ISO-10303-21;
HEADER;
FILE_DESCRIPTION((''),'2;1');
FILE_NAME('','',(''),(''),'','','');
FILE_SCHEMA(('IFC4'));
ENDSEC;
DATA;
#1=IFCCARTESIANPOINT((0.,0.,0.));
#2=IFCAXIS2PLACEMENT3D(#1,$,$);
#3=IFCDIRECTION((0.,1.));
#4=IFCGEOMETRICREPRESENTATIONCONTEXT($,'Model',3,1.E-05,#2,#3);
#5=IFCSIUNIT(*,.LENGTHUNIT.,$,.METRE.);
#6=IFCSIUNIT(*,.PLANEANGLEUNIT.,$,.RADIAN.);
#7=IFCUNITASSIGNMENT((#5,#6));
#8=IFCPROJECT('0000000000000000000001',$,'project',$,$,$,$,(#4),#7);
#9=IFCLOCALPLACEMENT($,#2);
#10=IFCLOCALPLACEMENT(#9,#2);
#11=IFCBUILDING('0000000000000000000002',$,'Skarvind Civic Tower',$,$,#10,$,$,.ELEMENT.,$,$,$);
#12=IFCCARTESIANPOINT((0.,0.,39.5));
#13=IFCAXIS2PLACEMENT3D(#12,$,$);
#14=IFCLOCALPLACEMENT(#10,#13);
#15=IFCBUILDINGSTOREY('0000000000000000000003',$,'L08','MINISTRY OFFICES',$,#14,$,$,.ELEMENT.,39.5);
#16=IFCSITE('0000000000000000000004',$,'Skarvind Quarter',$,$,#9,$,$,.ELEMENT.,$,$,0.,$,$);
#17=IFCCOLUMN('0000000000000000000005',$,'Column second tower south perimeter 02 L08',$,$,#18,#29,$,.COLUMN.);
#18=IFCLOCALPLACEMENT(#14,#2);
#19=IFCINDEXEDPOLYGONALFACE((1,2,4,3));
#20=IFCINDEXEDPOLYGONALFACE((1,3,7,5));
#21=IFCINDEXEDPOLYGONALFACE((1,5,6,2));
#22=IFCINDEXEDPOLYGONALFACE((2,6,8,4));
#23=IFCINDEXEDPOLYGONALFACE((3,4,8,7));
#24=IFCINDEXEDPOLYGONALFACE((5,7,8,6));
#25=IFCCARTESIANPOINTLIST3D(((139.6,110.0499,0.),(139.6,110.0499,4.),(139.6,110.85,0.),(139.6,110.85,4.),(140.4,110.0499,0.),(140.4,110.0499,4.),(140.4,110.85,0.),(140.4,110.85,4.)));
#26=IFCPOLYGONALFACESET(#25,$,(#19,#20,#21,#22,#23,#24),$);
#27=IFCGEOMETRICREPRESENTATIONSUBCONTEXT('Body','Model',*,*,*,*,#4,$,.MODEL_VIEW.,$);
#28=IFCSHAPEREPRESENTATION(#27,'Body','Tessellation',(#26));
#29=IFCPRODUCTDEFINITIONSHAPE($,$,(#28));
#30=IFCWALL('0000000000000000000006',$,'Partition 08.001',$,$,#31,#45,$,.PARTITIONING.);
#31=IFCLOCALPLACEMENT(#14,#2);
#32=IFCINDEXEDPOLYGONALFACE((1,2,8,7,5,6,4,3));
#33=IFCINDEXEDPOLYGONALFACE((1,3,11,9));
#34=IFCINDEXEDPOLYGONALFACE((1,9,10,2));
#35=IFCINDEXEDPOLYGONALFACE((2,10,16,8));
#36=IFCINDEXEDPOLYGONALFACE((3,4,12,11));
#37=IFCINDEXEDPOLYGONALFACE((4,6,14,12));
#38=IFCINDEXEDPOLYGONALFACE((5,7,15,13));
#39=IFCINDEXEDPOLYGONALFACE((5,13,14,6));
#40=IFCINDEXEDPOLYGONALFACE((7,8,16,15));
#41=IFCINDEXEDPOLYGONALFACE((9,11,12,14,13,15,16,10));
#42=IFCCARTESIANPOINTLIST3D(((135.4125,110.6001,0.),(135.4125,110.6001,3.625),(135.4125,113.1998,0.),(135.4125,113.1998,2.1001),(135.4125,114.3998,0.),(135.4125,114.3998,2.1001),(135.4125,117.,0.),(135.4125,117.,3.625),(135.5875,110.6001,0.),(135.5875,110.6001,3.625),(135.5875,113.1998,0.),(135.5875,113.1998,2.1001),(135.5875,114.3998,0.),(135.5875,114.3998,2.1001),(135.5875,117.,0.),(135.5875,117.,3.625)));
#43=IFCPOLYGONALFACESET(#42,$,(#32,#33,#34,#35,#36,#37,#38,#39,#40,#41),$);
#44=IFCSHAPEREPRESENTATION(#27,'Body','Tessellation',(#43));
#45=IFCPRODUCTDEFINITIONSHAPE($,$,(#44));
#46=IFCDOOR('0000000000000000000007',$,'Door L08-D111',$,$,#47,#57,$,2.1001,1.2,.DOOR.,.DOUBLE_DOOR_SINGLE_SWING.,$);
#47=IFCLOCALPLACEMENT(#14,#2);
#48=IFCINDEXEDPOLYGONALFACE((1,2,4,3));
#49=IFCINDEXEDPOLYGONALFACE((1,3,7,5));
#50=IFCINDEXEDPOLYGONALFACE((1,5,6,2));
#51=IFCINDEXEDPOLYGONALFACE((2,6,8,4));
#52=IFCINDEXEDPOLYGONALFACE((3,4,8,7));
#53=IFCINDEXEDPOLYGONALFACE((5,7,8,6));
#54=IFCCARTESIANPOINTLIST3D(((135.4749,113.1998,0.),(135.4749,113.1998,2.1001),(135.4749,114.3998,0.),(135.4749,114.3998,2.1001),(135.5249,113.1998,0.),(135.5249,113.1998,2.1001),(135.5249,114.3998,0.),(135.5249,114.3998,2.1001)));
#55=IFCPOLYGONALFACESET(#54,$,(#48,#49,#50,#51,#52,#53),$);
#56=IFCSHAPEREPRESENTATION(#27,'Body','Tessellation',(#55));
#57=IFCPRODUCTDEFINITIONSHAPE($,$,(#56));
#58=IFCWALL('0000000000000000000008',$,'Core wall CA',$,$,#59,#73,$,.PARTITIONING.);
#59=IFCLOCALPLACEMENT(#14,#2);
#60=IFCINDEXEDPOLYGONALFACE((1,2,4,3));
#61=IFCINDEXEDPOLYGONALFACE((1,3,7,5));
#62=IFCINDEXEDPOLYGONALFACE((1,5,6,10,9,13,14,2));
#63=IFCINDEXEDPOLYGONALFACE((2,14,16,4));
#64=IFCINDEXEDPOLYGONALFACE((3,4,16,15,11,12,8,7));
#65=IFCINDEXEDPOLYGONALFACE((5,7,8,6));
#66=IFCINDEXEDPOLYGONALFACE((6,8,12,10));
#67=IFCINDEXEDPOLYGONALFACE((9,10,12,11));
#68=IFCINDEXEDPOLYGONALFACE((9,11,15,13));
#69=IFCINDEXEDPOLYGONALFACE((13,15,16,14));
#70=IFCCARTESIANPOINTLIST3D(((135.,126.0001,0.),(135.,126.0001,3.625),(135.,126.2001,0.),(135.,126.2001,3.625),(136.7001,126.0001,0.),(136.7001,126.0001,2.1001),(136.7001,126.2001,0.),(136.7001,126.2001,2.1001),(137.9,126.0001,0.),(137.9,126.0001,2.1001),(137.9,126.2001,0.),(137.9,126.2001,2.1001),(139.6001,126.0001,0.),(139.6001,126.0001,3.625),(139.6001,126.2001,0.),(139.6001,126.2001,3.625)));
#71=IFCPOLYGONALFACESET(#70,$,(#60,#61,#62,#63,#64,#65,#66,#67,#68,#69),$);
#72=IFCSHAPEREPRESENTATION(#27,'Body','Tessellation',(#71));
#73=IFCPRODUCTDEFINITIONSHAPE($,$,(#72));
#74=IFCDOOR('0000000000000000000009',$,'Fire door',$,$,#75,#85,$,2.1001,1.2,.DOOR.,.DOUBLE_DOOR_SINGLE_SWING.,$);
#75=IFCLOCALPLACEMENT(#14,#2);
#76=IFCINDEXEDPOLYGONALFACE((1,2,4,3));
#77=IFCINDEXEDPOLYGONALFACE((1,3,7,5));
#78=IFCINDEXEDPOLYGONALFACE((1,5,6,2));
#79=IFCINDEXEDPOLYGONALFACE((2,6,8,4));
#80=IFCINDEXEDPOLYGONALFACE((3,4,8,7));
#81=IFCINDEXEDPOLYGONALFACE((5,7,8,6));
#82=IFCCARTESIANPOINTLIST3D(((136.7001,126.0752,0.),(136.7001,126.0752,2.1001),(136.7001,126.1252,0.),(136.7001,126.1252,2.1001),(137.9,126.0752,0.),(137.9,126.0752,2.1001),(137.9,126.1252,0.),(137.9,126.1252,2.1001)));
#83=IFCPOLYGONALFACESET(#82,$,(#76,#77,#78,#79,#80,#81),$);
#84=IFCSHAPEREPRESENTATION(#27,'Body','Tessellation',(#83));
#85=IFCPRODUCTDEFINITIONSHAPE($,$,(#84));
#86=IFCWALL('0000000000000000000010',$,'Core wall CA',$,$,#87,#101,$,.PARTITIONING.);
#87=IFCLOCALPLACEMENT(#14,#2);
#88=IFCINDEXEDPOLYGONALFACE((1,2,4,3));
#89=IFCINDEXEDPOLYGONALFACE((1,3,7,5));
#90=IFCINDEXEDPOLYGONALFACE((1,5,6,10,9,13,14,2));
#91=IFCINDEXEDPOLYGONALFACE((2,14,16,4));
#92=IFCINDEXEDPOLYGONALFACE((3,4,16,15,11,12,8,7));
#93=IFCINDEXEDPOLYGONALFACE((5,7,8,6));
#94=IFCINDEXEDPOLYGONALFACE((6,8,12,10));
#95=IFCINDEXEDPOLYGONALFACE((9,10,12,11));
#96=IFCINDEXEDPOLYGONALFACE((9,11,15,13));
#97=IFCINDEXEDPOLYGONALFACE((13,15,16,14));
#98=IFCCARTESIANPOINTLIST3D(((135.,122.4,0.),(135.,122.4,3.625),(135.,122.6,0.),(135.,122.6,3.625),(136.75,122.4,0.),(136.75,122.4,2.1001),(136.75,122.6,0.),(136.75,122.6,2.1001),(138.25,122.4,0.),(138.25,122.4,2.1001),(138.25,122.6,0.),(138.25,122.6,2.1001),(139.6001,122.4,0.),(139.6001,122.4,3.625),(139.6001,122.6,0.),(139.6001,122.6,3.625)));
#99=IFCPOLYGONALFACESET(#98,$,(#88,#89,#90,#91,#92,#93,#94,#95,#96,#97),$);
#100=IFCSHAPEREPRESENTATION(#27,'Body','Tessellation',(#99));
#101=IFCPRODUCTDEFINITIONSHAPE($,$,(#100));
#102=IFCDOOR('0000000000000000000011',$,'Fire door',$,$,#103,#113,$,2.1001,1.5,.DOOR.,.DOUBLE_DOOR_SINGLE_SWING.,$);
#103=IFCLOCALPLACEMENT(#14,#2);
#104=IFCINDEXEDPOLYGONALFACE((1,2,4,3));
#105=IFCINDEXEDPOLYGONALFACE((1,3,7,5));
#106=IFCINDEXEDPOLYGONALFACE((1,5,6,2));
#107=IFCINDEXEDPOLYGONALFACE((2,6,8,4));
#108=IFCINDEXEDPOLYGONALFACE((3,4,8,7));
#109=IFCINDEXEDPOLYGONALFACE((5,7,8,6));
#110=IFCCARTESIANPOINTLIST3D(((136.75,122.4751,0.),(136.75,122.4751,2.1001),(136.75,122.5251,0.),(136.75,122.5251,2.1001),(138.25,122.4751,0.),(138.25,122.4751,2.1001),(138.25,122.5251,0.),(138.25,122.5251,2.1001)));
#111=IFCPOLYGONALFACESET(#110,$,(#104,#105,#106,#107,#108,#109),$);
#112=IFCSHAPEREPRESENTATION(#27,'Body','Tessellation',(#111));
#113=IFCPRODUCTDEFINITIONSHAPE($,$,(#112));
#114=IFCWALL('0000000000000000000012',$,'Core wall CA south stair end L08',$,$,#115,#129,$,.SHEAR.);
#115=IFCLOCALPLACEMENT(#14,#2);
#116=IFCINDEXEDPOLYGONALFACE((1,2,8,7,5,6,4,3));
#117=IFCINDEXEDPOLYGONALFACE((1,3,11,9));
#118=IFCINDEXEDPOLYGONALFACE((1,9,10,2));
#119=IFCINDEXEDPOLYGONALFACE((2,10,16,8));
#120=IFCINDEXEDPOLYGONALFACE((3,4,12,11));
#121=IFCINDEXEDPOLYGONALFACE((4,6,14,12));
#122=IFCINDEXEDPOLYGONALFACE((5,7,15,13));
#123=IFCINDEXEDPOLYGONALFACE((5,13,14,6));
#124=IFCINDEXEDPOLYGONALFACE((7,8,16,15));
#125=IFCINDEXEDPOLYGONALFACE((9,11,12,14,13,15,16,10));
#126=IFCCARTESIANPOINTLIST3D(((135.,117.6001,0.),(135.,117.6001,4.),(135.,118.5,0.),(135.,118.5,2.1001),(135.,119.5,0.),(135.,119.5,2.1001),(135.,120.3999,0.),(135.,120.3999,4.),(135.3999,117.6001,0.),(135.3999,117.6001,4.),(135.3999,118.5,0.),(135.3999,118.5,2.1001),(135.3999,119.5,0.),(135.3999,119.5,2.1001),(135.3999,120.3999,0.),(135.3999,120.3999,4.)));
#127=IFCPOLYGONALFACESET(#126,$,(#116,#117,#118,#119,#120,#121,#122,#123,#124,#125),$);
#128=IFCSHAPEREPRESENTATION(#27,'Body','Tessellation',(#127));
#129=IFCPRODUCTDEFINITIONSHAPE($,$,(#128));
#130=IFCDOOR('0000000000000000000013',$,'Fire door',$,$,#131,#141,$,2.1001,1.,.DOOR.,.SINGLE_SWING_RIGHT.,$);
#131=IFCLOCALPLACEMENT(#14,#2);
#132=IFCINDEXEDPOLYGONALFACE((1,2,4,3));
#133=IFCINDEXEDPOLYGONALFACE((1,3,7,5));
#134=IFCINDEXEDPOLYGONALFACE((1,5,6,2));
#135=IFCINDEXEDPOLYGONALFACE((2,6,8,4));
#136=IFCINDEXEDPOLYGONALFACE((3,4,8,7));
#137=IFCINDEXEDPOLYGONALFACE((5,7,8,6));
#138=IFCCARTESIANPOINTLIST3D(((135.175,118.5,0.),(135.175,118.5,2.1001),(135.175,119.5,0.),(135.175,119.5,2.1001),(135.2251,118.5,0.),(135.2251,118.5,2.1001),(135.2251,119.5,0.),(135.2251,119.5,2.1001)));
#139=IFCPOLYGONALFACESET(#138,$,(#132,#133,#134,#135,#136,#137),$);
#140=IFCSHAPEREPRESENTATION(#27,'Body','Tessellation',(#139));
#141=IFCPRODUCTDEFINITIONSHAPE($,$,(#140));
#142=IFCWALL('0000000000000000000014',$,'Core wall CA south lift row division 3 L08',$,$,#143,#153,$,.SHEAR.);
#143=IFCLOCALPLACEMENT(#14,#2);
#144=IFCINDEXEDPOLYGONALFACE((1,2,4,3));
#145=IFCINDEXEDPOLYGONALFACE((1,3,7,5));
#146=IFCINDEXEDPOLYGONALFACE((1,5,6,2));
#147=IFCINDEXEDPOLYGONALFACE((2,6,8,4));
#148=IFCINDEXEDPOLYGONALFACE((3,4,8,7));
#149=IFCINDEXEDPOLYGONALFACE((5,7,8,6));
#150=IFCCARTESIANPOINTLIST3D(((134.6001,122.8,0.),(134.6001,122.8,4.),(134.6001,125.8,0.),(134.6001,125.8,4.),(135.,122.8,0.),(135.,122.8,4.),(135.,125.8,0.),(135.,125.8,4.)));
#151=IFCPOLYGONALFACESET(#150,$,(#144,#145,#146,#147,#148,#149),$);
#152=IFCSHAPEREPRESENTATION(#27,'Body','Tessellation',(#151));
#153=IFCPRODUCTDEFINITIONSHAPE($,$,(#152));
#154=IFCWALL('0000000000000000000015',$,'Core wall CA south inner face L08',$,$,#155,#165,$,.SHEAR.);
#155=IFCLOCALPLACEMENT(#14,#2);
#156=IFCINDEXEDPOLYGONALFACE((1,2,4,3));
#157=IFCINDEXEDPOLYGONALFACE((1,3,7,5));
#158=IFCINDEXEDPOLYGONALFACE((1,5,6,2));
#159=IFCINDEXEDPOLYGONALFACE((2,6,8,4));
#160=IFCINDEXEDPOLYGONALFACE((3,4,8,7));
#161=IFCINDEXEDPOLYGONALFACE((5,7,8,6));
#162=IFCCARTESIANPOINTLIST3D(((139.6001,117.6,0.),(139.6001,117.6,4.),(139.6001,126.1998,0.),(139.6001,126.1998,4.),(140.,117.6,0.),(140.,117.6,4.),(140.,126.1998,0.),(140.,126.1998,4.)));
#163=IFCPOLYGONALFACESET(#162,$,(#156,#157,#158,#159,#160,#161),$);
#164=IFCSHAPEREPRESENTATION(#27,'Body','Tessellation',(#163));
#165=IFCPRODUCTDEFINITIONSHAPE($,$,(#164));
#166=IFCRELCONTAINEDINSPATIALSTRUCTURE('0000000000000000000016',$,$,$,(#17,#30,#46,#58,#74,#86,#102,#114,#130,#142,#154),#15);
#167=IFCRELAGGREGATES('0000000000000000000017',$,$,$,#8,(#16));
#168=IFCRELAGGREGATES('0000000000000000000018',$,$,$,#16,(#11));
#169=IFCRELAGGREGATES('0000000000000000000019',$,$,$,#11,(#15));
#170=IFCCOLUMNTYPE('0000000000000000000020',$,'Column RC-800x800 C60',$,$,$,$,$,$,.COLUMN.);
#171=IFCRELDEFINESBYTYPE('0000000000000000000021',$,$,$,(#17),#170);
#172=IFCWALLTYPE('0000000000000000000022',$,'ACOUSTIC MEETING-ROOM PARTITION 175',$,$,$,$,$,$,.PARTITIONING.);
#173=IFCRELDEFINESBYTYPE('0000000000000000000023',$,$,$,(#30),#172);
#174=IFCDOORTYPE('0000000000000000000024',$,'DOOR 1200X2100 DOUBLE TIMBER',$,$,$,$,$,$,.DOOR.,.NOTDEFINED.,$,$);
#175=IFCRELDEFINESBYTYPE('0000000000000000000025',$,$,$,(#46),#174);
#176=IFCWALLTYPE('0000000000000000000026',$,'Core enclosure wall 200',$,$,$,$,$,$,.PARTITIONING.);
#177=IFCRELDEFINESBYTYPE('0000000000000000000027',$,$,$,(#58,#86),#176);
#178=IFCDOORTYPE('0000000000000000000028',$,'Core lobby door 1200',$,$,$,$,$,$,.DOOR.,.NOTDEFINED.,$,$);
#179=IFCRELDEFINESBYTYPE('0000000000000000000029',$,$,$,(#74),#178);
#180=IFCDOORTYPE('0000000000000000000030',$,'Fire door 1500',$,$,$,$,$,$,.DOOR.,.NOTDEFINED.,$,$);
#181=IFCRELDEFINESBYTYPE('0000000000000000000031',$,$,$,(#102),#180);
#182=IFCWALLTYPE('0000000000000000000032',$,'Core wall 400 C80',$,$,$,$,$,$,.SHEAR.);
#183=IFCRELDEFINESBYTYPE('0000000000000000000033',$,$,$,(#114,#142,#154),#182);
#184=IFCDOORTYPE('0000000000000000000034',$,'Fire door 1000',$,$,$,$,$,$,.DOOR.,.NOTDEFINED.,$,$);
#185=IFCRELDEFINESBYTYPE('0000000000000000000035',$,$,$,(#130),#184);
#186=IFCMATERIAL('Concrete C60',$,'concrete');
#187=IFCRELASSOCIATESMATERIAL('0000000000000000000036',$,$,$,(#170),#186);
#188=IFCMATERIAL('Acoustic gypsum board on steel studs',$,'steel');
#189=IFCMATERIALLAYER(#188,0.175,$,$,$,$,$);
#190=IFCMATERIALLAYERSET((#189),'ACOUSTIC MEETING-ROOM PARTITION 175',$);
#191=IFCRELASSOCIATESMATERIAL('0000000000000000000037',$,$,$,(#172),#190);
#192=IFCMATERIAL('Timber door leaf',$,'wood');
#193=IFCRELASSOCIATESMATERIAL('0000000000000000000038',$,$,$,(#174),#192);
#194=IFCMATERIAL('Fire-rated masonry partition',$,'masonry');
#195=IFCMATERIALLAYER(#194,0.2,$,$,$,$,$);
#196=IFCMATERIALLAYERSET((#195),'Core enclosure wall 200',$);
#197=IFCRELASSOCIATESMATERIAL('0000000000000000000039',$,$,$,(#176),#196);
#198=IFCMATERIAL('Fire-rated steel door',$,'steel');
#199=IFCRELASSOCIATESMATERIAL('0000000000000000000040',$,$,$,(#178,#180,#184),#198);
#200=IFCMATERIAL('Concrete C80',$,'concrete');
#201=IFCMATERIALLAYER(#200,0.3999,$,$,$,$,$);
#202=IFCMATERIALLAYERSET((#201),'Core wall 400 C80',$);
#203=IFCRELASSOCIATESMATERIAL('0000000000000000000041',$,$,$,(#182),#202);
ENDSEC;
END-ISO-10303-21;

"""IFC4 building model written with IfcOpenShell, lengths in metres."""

from ifc_helpers import new_model, si_unit, direction, frame, frame_2d, origin, origin_2d, place, context, subcontext, project, spatial, rectangle, extrude, material, layer, layer_set, material_profile, profile_set, type_object, element, fill, save


model = new_model("IFC4")

# Units and contexts
model_context = context("Model", 3, precision=1e-05, world=origin(), true_north=direction((0.0, 1.0)))
body_context = subcontext(model_context, "Body", "Model", "MODEL_VIEW")
ifc_project = project(units=[si_unit("LENGTHUNIT", "METRE"), si_unit("PLANEANGLEUNIT", "RADIAN")], contexts=[model_context])

# Site, building, storey
site_placement = place(None, origin())
site = spatial("IfcSite", under=ifc_project, at=site_placement, Name="Skarvind Quarter", CompositionType="ELEMENT", RefElevation=0.0)
building_placement = place(site_placement, origin())
building = spatial("IfcBuilding", under=site, at=building_placement, Name="Skarvind Civic Tower", CompositionType="ELEMENT")
storey_placement = place(building_placement, frame((0.0, 0.0, 39.5)))
storey = spatial("IfcBuildingStorey", under=building, at=storey_placement, Name="L08", Description="MINISTRY OFFICES", CompositionType="ELEMENT", Elevation=39.5)

# Column
ifc_material_1 = material(Name="Concrete C60", Category="concrete")
ifc_material_profile = material_profile(ifc_material_1, rectangle(XDim=0.8, YDim=0.8, at=origin_2d()), Name="RC-800x800")
ifc_profile_set = profile_set([ifc_material_profile], Name="Concrete C60")
column_type = type_object("IfcColumnType", Name="Column RC-800x800 C60", PredefinedType="COLUMN", material=ifc_profile_set)
column_placement = place(storey_placement, frame((140.0, 110.45, 0.0), z_axis=(0.0, 0.0, 1.0), x_axis=(1.0, 0.0, 0.0)))
element("IfcColumn", 1, at=column_placement, inside=storey, type_object=column_type, Name="Column second tower south perimeter 02 L08", PredefinedType="COLUMN", context=body_context, shape_type="SweptSolid", body=[
    extrude(rectangle(XDim=0.8, YDim=0.8, at=origin_2d()), origin(), (0.0, 0.0, 1.0), 4.0),
])

# Walls, openings, doors
ifc_material_2 = material(Name="Acoustic gypsum board on steel studs", Category="steel")
ifc_layer_1 = layer(ifc_material_2, 0.175)
ifc_layer_set_1 = layer_set([ifc_layer_1], Name="ACOUSTIC MEETING-ROOM PARTITION 175")
wall_type_1 = type_object("IfcWallType", Name="ACOUSTIC MEETING-ROOM PARTITION 175", PredefinedType="PARTITIONING", material=ifc_layer_set_1)
wall_1_placement = place(storey_placement, frame((135.5, 117.0, 0.0), z_axis=(0.0, 0.0, 1.0), x_axis=(0.0, -1.0, 0.0)))
wall_1 = element("IfcWall", 2, at=wall_1_placement, inside=storey, type_object=wall_type_1, Name="Partition 08.001", PredefinedType="PARTITIONING", context=body_context, shape_type="SweptSolid", body=[
    extrude(rectangle(XDim=6.3999, YDim=0.175, at=frame_2d((3.2, 0.0))), origin(), (0.0, 0.0, 1.0), 3.625),
])
opening_1_placement = place(wall_1_placement, frame((2.6001, 0.0, 0.0)))
opening_1 = element("IfcOpeningElement", 3, at=opening_1_placement, cuts=wall_1, PredefinedType="OPENING", context=body_context, shape_type="SweptSolid", body=[
    extrude(rectangle(XDim=1.2, YDim=2.1001, at=frame_2d((0.6001, 1.05))), frame((0.0, 0.0974, 0.0), z_axis=(0.0, -1.0, 0.0), x_axis=(1.0, 0.0, 0.0)), (0.0, 0.0, 1.0), 0.1951),
])
ifc_material_3 = material(Name="Timber door leaf", Category="wood")
door_type_1 = type_object("IfcDoorType", Name="DOOR 1200X2100 DOUBLE TIMBER", OperationType="NOTDEFINED", PredefinedType="DOOR", material=ifc_material_3)
door_1_placement = place(opening_1_placement, origin())
door_1 = element("IfcDoor", 4, at=door_1_placement, inside=storey, type_object=door_type_1, Name="Door L08-D111", OperationType="DOUBLE_DOOR_SINGLE_SWING", OverallHeight=2.1001, OverallWidth=1.2, PredefinedType="DOOR", context=body_context, shape_type="SweptSolid", body=[
    extrude(rectangle(XDim=1.2, YDim=2.1001, at=frame_2d((0.6001, 1.05))), frame((0.0, 0.0249, 0.0), z_axis=(0.0, -1.0, 0.0), x_axis=(1.0, 0.0, 0.0)), (0.0, 0.0, 1.0), 0.05),
])
fill(opening_1, door_1)
ifc_material_4 = material(Name="Fire-rated masonry partition", Category="masonry")
ifc_layer_2 = layer(ifc_material_4, 0.2)
ifc_layer_set_2 = layer_set([ifc_layer_2], Name="Core enclosure wall 200")
wall_type_2 = type_object("IfcWallType", Name="Core enclosure wall 200", PredefinedType="PARTITIONING", material=ifc_layer_set_2)
wall_2_placement = place(storey_placement, frame((139.6001, 126.1001, 0.0), z_axis=(0.0, 0.0, 1.0), x_axis=(-1.0, 0.0, 0.0)))
wall_2 = element("IfcWall", 5, at=wall_2_placement, inside=storey, type_object=wall_type_2, Name="Core wall CA", PredefinedType="PARTITIONING", context=body_context, shape_type="SweptSolid", body=[
    extrude(rectangle(XDim=4.6001, YDim=0.2, at=frame_2d((2.3, 0.0))), origin(), (0.0, 0.0, 1.0), 3.625),
])
opening_2_placement = place(wall_2_placement, frame((1.7, 0.0, 0.0)))
opening_2 = element("IfcOpeningElement", 6, at=opening_2_placement, cuts=wall_2, PredefinedType="OPENING", context=body_context, shape_type="SweptSolid", body=[
    extrude(rectangle(XDim=1.2, YDim=2.1001, at=frame_2d((0.6001, 1.05))), frame((0.0, 0.1099, 0.0), z_axis=(0.0, -1.0, 0.0), x_axis=(1.0, 0.0, 0.0)), (0.0, 0.0, 1.0), 0.22),
])
ifc_material_5 = material(Name="Fire-rated steel door", Category="steel")
door_type_2 = type_object("IfcDoorType", Name="Core lobby door 1200", OperationType="NOTDEFINED", PredefinedType="DOOR", material=ifc_material_5)
door_2_placement = place(opening_2_placement, origin())
door_2 = element("IfcDoor", 7, at=door_2_placement, inside=storey, type_object=door_type_2, Name="Fire door", OperationType="DOUBLE_DOOR_SINGLE_SWING", OverallHeight=2.1001, OverallWidth=1.2, PredefinedType="DOOR", context=body_context, shape_type="SweptSolid", body=[
    extrude(rectangle(XDim=1.2, YDim=2.1001, at=frame_2d((0.6001, 1.05))), frame((0.0, 0.0249, 0.0), z_axis=(0.0, -1.0, 0.0), x_axis=(1.0, 0.0, 0.0)), (0.0, 0.0, 1.0), 0.05),
])
fill(opening_2, door_2)
wall_3_placement = place(storey_placement, frame((139.6001, 122.5, 0.0), z_axis=(0.0, 0.0, 1.0), x_axis=(-1.0, 0.0, 0.0)))
wall_3 = element("IfcWall", 8, at=wall_3_placement, inside=storey, type_object=wall_type_2, Name="Core wall CA", PredefinedType="PARTITIONING", context=body_context, shape_type="SweptSolid", body=[
    extrude(rectangle(XDim=4.6001, YDim=0.2, at=frame_2d((2.3, 0.0))), origin(), (0.0, 0.0, 1.0), 3.625),
])
opening_3_placement = place(wall_3_placement, frame((1.3501, 0.0, 0.0)))
opening_3 = element("IfcOpeningElement", 9, at=opening_3_placement, cuts=wall_3, PredefinedType="OPENING", context=body_context, shape_type="SweptSolid", body=[
    extrude(rectangle(XDim=1.5, YDim=2.1001, at=frame_2d((0.75, 1.05))), frame((0.0, 0.1099, 0.0), z_axis=(0.0, -1.0, 0.0), x_axis=(1.0, 0.0, 0.0)), (0.0, 0.0, 1.0), 0.22),
])
door_type_3 = type_object("IfcDoorType", Name="Fire door 1500", OperationType="NOTDEFINED", PredefinedType="DOOR", material=ifc_material_5)
door_3_placement = place(opening_3_placement, origin())
door_3 = element("IfcDoor", 10, at=door_3_placement, inside=storey, type_object=door_type_3, Name="Fire door", OperationType="DOUBLE_DOOR_SINGLE_SWING", OverallHeight=2.1001, OverallWidth=1.5, PredefinedType="DOOR", context=body_context, shape_type="SweptSolid", body=[
    extrude(rectangle(XDim=1.5, YDim=2.1001, at=frame_2d((0.75, 1.05))), frame((0.0, 0.0249, 0.0), z_axis=(0.0, -1.0, 0.0), x_axis=(1.0, 0.0, 0.0)), (0.0, 0.0, 1.0), 0.05),
])
fill(opening_3, door_3)
ifc_material_6 = material(Name="Concrete C80", Category="concrete")
ifc_layer_3 = layer(ifc_material_6, 0.3999)
ifc_layer_set_3 = layer_set([ifc_layer_3], Name="Core wall 400 C80")
wall_type_3 = type_object("IfcWallType", Name="Core wall 400 C80", PredefinedType="SHEAR", material=ifc_layer_set_3)
wall_4_placement = place(storey_placement, frame((135.2, 117.6001, 0.0), z_axis=(0.0, 0.0, 1.0), x_axis=(0.0, 1.0, 0.0)))
wall_4 = element("IfcWall", 11, at=wall_4_placement, inside=storey, type_object=wall_type_3, Name="Core wall CA south stair end L08", PredefinedType="SHEAR", context=body_context, shape_type="SweptSolid", body=[
    extrude(rectangle(XDim=2.7998, YDim=0.3999, at=frame_2d((1.3999, 0.0))), origin(), (0.0, 0.0, 1.0), 4.0),
])
opening_4_placement = place(wall_4_placement, frame((0.8999, 0.0, 0.0)))
opening_4 = element("IfcOpeningElement", 12, at=opening_4_placement, cuts=wall_4, PredefinedType="OPENING", context=body_context, shape_type="SweptSolid", body=[
    extrude(rectangle(XDim=1.0, YDim=2.1001, at=frame_2d((0.5, 1.05))), frame((0.0, 0.21, 0.0), z_axis=(0.0, -1.0, 0.0), x_axis=(1.0, 0.0, 0.0)), (0.0, 0.0, 1.0), 0.4199),
])
door_type_4 = type_object("IfcDoorType", Name="Fire door 1000", OperationType="NOTDEFINED", PredefinedType="DOOR", material=ifc_material_5)
door_4_placement = place(opening_4_placement, origin())
door_4 = element("IfcDoor", 13, at=door_4_placement, inside=storey, type_object=door_type_4, Name="Fire door", OperationType="SINGLE_SWING_RIGHT", OverallHeight=2.1001, OverallWidth=1.0, PredefinedType="DOOR", context=body_context, shape_type="SweptSolid", body=[
    extrude(rectangle(XDim=1.0, YDim=2.1001, at=frame_2d((0.5, 1.05))), frame((0.0, 0.0249, 0.0), z_axis=(0.0, -1.0, 0.0), x_axis=(1.0, 0.0, 0.0)), (0.0, 0.0, 1.0), 0.05),
])
fill(opening_4, door_4)

# Walls
wall_5_placement = place(storey_placement, frame((134.8, 122.8, 0.0), z_axis=(0.0, 0.0, 1.0), x_axis=(0.0, 1.0, 0.0)))
element("IfcWall", 14, at=wall_5_placement, inside=storey, type_object=wall_type_3, Name="Core wall CA south lift row division 3 L08", PredefinedType="SHEAR", context=body_context, shape_type="SweptSolid", body=[
    extrude(rectangle(XDim=3.0, YDim=0.3999, at=frame_2d((1.5, 0.0))), origin(), (0.0, 0.0, 1.0), 4.0),
])
wall_6_placement = place(storey_placement, frame((139.8, 117.6001, 0.0), z_axis=(0.0, 0.0, 1.0), x_axis=(0.0, 1.0, 0.0)))
element("IfcWall", 15, at=wall_6_placement, inside=storey, type_object=wall_type_3, Name="Core wall CA south inner face L08", PredefinedType="SHEAR", context=body_context, shape_type="SweptSolid", body=[
    extrude(rectangle(XDim=8.5999, YDim=0.3999, at=frame_2d((4.2998, 0.0))), origin(), (0.0, 0.0, 1.0), 4.0),
])

save(model, "model.ifc")
